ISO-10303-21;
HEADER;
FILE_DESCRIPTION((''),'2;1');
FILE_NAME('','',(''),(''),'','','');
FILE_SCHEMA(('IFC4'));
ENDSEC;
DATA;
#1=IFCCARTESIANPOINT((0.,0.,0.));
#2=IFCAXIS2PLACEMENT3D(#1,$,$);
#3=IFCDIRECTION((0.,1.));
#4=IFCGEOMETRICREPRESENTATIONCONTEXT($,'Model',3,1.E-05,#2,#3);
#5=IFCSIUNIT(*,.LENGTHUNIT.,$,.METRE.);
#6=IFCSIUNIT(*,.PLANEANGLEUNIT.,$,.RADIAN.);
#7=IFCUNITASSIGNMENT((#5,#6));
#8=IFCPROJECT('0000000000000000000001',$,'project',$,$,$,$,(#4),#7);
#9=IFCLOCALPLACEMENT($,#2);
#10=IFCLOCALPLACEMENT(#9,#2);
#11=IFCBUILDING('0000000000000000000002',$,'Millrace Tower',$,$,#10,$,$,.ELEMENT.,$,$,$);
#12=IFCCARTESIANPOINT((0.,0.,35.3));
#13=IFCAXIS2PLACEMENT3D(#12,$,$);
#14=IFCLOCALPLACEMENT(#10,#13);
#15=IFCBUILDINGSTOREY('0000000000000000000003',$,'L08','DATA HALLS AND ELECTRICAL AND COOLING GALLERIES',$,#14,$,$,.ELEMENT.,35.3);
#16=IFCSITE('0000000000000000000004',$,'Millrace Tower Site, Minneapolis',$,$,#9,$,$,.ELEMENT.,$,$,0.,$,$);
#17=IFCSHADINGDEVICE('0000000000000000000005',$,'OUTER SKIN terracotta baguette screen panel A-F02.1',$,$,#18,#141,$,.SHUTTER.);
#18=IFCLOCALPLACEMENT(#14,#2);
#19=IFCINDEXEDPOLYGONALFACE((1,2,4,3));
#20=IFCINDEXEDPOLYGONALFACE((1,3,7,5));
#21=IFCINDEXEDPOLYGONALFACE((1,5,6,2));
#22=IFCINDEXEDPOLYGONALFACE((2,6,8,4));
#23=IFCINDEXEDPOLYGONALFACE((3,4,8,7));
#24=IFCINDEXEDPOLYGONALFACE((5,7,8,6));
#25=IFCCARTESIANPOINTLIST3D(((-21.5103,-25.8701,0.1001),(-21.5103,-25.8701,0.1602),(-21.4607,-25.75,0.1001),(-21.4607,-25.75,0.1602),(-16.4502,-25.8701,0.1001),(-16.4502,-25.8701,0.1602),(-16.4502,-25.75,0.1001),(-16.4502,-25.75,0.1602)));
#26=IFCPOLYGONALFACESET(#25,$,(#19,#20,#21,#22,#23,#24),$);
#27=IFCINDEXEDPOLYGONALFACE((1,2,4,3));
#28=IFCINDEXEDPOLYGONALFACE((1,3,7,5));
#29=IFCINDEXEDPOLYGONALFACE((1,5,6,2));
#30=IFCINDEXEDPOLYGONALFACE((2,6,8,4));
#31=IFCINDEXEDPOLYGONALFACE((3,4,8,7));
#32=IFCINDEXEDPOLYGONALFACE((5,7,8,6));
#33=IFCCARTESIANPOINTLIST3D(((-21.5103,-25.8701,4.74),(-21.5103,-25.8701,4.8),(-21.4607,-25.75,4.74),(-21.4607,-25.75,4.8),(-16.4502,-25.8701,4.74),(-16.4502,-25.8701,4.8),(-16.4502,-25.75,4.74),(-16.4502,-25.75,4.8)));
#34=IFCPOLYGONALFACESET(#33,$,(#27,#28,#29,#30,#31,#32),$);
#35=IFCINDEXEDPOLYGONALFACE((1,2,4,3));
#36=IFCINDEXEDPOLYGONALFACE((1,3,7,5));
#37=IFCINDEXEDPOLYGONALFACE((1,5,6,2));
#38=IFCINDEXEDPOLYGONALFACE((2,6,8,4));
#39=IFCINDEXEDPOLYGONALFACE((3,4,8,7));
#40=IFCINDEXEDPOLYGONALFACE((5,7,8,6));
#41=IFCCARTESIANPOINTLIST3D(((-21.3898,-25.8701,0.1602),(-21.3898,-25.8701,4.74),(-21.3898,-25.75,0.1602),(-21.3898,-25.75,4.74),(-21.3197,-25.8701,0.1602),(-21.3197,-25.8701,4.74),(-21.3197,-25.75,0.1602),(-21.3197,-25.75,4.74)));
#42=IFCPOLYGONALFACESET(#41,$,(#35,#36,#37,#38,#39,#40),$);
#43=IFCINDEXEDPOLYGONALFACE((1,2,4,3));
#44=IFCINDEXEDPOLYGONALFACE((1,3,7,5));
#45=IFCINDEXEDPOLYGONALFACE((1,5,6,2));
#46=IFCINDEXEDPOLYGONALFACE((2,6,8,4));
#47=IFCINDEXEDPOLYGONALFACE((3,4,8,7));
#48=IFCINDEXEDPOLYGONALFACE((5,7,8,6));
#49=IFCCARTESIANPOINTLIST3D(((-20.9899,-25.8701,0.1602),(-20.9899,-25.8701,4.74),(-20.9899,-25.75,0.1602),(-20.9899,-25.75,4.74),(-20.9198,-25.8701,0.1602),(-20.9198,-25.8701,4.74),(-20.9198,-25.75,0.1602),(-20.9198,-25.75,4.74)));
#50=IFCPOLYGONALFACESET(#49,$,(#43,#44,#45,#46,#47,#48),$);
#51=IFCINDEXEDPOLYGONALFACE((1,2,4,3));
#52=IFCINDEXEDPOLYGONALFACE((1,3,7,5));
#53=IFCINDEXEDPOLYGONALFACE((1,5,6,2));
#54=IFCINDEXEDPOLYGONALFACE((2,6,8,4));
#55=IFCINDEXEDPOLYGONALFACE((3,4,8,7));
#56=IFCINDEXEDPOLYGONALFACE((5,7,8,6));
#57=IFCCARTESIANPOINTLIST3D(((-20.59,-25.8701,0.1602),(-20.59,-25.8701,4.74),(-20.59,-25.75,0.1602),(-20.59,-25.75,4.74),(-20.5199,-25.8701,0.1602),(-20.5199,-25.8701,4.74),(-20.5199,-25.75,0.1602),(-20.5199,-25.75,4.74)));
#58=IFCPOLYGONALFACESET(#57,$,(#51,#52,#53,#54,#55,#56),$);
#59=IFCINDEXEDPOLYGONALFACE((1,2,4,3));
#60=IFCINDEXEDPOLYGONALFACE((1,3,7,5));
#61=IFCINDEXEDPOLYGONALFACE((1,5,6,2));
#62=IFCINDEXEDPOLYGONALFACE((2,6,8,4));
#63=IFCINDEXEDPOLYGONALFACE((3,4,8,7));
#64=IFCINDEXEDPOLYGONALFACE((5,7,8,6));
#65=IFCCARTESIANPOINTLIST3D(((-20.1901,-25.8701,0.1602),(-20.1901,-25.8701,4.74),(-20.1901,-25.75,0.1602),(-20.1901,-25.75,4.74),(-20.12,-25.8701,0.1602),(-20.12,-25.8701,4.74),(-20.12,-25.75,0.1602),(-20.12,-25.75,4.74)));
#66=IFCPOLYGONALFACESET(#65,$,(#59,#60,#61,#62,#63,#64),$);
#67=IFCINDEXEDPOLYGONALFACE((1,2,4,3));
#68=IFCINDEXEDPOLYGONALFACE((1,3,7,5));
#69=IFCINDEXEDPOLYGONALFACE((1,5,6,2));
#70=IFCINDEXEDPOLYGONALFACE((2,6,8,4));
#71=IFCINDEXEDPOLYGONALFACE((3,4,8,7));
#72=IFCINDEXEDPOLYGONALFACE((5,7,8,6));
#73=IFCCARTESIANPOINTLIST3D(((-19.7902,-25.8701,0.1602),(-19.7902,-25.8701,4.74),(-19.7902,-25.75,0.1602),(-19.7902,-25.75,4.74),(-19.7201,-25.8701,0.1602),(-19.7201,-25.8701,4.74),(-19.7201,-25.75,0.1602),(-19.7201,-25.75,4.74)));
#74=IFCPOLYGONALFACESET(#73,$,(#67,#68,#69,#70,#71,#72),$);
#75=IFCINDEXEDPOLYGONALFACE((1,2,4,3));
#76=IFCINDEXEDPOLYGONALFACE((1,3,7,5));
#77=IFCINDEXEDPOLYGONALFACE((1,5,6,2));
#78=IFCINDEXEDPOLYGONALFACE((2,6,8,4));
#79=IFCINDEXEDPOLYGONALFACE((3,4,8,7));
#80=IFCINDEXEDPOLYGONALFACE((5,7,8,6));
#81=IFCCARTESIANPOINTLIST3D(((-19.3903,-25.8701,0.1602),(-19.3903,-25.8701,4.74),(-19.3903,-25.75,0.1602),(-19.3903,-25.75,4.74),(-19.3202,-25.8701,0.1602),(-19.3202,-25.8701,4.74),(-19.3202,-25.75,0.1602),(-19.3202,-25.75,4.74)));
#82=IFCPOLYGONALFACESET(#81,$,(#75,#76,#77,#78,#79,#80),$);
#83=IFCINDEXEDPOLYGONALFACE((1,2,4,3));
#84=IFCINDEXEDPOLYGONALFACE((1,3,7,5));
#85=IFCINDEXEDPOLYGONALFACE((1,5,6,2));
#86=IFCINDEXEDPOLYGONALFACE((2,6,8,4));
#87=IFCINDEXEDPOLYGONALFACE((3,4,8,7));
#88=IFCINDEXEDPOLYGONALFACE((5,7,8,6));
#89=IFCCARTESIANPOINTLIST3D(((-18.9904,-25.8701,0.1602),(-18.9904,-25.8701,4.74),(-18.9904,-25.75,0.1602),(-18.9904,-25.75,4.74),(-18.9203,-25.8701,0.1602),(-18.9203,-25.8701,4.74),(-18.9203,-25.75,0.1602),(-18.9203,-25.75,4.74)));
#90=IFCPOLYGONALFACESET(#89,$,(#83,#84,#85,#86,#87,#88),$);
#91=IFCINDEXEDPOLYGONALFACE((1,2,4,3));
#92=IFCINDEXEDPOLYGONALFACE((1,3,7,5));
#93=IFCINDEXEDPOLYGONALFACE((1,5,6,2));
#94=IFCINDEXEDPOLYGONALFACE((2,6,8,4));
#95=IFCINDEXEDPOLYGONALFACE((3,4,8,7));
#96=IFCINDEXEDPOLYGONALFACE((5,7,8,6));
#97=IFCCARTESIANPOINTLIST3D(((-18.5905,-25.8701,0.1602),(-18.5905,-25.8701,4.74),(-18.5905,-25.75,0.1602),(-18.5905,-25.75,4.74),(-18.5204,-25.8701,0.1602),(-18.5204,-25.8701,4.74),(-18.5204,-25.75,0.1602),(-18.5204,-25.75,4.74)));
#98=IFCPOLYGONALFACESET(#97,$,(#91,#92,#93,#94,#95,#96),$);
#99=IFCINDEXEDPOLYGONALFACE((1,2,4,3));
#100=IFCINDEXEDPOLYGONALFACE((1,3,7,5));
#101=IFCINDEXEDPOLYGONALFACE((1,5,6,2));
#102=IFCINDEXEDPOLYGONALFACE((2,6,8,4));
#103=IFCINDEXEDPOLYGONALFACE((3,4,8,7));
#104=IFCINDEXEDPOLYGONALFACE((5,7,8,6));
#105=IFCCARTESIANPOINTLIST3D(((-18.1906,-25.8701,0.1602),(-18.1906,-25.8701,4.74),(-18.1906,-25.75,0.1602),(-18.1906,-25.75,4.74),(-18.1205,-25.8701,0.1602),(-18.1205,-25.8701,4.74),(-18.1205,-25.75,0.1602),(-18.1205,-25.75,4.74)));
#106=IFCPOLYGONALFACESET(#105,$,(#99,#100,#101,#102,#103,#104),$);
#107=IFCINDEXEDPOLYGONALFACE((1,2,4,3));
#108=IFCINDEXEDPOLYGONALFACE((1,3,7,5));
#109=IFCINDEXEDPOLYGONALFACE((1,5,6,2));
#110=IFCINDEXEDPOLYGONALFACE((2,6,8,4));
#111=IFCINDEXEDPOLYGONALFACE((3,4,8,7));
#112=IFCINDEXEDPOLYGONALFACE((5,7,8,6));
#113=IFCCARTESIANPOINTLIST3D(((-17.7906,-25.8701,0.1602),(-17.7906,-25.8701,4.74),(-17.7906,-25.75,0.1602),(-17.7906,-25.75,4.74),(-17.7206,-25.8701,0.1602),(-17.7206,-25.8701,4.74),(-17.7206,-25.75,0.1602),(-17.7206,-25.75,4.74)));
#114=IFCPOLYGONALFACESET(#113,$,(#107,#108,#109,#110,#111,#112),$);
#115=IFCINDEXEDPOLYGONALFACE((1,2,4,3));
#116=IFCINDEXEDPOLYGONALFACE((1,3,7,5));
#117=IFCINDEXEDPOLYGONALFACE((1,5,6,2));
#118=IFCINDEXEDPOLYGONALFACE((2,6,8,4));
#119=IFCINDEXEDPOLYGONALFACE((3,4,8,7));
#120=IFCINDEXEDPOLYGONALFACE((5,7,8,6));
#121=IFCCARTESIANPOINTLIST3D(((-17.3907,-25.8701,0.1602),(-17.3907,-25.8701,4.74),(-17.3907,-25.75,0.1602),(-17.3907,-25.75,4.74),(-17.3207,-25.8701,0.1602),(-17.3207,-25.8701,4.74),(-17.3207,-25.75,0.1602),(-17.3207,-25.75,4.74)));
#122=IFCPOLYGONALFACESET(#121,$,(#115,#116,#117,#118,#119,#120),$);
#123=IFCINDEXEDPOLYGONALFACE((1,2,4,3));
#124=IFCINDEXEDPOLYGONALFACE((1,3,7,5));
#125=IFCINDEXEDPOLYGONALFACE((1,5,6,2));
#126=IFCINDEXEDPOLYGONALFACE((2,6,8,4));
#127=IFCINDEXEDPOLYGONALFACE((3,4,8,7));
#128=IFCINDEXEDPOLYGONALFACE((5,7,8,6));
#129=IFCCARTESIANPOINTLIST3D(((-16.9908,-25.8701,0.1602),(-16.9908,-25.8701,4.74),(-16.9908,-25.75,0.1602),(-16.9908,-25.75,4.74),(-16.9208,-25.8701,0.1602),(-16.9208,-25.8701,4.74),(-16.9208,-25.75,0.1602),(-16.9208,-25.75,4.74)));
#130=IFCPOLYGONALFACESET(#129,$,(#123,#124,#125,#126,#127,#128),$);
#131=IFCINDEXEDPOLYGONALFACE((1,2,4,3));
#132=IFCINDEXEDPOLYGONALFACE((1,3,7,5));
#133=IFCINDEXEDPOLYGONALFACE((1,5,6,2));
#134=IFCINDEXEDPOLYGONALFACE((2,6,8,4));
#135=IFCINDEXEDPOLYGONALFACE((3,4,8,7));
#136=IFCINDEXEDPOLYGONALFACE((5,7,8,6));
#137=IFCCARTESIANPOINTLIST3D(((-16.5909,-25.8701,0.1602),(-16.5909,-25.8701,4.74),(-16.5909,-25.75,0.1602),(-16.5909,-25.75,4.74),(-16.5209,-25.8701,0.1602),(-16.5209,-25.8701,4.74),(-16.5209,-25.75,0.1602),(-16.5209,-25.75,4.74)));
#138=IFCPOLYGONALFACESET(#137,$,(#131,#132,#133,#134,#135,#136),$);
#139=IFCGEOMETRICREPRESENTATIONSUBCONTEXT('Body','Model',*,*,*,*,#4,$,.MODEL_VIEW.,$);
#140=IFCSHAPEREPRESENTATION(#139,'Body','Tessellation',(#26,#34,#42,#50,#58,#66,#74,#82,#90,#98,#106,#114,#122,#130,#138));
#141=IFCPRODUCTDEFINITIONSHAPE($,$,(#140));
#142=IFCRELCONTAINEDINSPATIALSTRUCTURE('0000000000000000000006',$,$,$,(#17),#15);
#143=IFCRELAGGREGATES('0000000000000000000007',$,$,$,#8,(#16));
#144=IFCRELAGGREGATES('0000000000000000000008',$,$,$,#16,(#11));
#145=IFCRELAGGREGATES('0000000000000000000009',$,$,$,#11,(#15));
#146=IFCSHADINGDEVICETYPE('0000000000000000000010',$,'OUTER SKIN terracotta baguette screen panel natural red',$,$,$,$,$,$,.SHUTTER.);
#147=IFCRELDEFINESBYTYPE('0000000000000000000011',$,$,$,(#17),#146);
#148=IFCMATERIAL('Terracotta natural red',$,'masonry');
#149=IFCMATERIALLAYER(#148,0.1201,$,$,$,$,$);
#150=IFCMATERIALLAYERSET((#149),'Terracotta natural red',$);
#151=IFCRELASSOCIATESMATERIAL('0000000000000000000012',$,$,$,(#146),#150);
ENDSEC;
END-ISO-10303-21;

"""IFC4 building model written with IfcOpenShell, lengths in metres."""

from ifc_helpers import new_model, entity, si_unit, direction, frame, frame_2d, origin, place, context, subcontext, project, spatial, rectangle, extrude, source, transform, mapped, material, layer, layer_set, type_object, element, save


model = new_model("IFC4")

# Units and contexts
model_context = context("Model", 3, precision=1e-05, world=origin(), true_north=direction((0.0, 1.0)))
body_context = subcontext(model_context, "Body", "Model", "MODEL_VIEW")
ifc_project = project(units=[si_unit("LENGTHUNIT", "METRE"), si_unit("PLANEANGLEUNIT", "RADIAN")], contexts=[model_context])

# Site, building, storey
site_placement = place(None, origin())
site = spatial("IfcSite", under=ifc_project, at=site_placement, Name="Millrace Tower Site, Minneapolis", CompositionType="ELEMENT", RefElevation=0.0)
building_placement = place(site_placement, origin())
building = spatial("IfcBuilding", under=site, at=building_placement, Name="Millrace Tower", CompositionType="ELEMENT")
storey_placement = place(building_placement, frame((0.0, 0.0, 35.3)))
storey = spatial("IfcBuildingStorey", under=building, at=storey_placement, Name="L08", Description="DATA HALLS AND ELECTRICAL AND COOLING GALLERIES", CompositionType="ELEMENT", Elevation=35.3)

# Shading device
ifc_material_1 = material(Name="Terracotta natural red", Category="masonry")
ifc_layer_1 = layer(ifc_material_1, 0.1201)
ifc_layer_set_1 = layer_set([ifc_layer_1], Name="Terracotta natural red")
shading_device_type_1 = type_object("IfcShadingDeviceType", Name="OUTER SKIN terracotta baguette screen panel natural red", PredefinedType="SHUTTER", material=ifc_layer_set_1)
cartesian_point_1 = entity("IfcCartesianPoint", [-2.4929, 0.0601])
shared_polyline_1 = entity("IfcPolyline", [cartesian_point_1, entity("IfcCartesianPoint", [2.5176, 0.0601]), entity("IfcCartesianPoint", [2.5176, -0.0601]), entity("IfcCartesianPoint", [-2.5425, -0.0601]), cartesian_point_1])
shared_shape_1 = source(origin(), body_context, "Body", "SweptSolid", [
    entity("IfcExtrudedAreaSolid", entity("IfcArbitraryClosedProfileDef", "AREA", None, shared_polyline_1), entity("IfcAxis2Placement3D", entity("IfcCartesianPoint", [0.0, 0.0, 0.0])), entity("IfcDirection", [0.0, 0.0, 1.0]), 0.0601),
    entity("IfcExtrudedAreaSolid", entity("IfcArbitraryClosedProfileDef", "AREA", None, shared_polyline_1), entity("IfcAxis2Placement3D", entity("IfcCartesianPoint", [0.0, 0.0, 4.6399])), entity("IfcDirection", [0.0, 0.0, 1.0]), 0.0601),
    extrude(rectangle(XDim=0.0701, YDim=0.1201, at=frame_2d((-2.387, 0.0))), frame((0.0, 0.0, 0.0601)), (0.0, 0.0, 1.0), 4.5798),
    extrude(rectangle(XDim=0.0701, YDim=0.1201, at=frame_2d((-1.9871, 0.0))), frame((0.0, 0.0, 0.0601)), (0.0, 0.0, 1.0), 4.5798),
    extrude(rectangle(XDim=0.0701, YDim=0.1201, at=frame_2d((-1.5872, 0.0))), frame((0.0, 0.0, 0.0601)), (0.0, 0.0, 1.0), 4.5798),
    extrude(rectangle(XDim=0.0701, YDim=0.1201, at=frame_2d((-1.1873, 0.0))), frame((0.0, 0.0, 0.0601)), (0.0, 0.0, 1.0), 4.5798),
    extrude(rectangle(XDim=0.0701, YDim=0.1201, at=frame_2d((-0.7874, 0.0))), frame((0.0, 0.0, 0.0601)), (0.0, 0.0, 1.0), 4.5798),
    extrude(rectangle(XDim=0.0701, YDim=0.1201, at=frame_2d((-0.3875, 0.0))), frame((0.0, 0.0, 0.0601)), (0.0, 0.0, 1.0), 4.5798),
    extrude(rectangle(XDim=0.0701, YDim=0.1201, at=frame_2d((0.0125, 0.0))), frame((0.0, 0.0, 0.0601)), (0.0, 0.0, 1.0), 4.5798),
    extrude(rectangle(XDim=0.0701, YDim=0.1201, at=frame_2d((0.4124, 0.0))), frame((0.0, 0.0, 0.0601)), (0.0, 0.0, 1.0), 4.5798),
    extrude(rectangle(XDim=0.0701, YDim=0.1201, at=frame_2d((0.8123, 0.0))), frame((0.0, 0.0, 0.0601)), (0.0, 0.0, 1.0), 4.5798),
    extrude(rectangle(XDim=0.0701, YDim=0.1201, at=frame_2d((1.2122, 0.0))), frame((0.0, 0.0, 0.0601)), (0.0, 0.0, 1.0), 4.5798),
    extrude(rectangle(XDim=0.0701, YDim=0.1201, at=frame_2d((1.6121, 0.0))), frame((0.0, 0.0, 0.0601)), (0.0, 0.0, 1.0), 4.5798),
    extrude(rectangle(XDim=0.0701, YDim=0.1201, at=frame_2d((2.012, 0.0))), frame((0.0, 0.0, 0.0601)), (0.0, 0.0, 1.0), 4.5798),
    extrude(rectangle(XDim=0.0701, YDim=0.1201, at=frame_2d((2.4119, 0.0))), frame((0.0, 0.0, 0.0601)), (0.0, 0.0, 1.0), 4.5798),
])
shading_device_1_placement = place(storey_placement, frame((-18.9678, -25.8101, 0.1001), z_axis=(0.0, 0.0, 1.0), x_axis=(1.0, 0.0, 0.0)))
element("IfcShadingDevice", 1, at=shading_device_1_placement, inside=storey, type_object=shading_device_type_1, Name="OUTER SKIN terracotta baguette screen panel A-F02.1", PredefinedType="SHUTTER", context=body_context, shape_type="MappedRepresentation", body=[
    mapped(shared_shape_1, transform((0.0, 0.0, 0.0), scale=1.0)),
])

save(model, "model.ifc")
